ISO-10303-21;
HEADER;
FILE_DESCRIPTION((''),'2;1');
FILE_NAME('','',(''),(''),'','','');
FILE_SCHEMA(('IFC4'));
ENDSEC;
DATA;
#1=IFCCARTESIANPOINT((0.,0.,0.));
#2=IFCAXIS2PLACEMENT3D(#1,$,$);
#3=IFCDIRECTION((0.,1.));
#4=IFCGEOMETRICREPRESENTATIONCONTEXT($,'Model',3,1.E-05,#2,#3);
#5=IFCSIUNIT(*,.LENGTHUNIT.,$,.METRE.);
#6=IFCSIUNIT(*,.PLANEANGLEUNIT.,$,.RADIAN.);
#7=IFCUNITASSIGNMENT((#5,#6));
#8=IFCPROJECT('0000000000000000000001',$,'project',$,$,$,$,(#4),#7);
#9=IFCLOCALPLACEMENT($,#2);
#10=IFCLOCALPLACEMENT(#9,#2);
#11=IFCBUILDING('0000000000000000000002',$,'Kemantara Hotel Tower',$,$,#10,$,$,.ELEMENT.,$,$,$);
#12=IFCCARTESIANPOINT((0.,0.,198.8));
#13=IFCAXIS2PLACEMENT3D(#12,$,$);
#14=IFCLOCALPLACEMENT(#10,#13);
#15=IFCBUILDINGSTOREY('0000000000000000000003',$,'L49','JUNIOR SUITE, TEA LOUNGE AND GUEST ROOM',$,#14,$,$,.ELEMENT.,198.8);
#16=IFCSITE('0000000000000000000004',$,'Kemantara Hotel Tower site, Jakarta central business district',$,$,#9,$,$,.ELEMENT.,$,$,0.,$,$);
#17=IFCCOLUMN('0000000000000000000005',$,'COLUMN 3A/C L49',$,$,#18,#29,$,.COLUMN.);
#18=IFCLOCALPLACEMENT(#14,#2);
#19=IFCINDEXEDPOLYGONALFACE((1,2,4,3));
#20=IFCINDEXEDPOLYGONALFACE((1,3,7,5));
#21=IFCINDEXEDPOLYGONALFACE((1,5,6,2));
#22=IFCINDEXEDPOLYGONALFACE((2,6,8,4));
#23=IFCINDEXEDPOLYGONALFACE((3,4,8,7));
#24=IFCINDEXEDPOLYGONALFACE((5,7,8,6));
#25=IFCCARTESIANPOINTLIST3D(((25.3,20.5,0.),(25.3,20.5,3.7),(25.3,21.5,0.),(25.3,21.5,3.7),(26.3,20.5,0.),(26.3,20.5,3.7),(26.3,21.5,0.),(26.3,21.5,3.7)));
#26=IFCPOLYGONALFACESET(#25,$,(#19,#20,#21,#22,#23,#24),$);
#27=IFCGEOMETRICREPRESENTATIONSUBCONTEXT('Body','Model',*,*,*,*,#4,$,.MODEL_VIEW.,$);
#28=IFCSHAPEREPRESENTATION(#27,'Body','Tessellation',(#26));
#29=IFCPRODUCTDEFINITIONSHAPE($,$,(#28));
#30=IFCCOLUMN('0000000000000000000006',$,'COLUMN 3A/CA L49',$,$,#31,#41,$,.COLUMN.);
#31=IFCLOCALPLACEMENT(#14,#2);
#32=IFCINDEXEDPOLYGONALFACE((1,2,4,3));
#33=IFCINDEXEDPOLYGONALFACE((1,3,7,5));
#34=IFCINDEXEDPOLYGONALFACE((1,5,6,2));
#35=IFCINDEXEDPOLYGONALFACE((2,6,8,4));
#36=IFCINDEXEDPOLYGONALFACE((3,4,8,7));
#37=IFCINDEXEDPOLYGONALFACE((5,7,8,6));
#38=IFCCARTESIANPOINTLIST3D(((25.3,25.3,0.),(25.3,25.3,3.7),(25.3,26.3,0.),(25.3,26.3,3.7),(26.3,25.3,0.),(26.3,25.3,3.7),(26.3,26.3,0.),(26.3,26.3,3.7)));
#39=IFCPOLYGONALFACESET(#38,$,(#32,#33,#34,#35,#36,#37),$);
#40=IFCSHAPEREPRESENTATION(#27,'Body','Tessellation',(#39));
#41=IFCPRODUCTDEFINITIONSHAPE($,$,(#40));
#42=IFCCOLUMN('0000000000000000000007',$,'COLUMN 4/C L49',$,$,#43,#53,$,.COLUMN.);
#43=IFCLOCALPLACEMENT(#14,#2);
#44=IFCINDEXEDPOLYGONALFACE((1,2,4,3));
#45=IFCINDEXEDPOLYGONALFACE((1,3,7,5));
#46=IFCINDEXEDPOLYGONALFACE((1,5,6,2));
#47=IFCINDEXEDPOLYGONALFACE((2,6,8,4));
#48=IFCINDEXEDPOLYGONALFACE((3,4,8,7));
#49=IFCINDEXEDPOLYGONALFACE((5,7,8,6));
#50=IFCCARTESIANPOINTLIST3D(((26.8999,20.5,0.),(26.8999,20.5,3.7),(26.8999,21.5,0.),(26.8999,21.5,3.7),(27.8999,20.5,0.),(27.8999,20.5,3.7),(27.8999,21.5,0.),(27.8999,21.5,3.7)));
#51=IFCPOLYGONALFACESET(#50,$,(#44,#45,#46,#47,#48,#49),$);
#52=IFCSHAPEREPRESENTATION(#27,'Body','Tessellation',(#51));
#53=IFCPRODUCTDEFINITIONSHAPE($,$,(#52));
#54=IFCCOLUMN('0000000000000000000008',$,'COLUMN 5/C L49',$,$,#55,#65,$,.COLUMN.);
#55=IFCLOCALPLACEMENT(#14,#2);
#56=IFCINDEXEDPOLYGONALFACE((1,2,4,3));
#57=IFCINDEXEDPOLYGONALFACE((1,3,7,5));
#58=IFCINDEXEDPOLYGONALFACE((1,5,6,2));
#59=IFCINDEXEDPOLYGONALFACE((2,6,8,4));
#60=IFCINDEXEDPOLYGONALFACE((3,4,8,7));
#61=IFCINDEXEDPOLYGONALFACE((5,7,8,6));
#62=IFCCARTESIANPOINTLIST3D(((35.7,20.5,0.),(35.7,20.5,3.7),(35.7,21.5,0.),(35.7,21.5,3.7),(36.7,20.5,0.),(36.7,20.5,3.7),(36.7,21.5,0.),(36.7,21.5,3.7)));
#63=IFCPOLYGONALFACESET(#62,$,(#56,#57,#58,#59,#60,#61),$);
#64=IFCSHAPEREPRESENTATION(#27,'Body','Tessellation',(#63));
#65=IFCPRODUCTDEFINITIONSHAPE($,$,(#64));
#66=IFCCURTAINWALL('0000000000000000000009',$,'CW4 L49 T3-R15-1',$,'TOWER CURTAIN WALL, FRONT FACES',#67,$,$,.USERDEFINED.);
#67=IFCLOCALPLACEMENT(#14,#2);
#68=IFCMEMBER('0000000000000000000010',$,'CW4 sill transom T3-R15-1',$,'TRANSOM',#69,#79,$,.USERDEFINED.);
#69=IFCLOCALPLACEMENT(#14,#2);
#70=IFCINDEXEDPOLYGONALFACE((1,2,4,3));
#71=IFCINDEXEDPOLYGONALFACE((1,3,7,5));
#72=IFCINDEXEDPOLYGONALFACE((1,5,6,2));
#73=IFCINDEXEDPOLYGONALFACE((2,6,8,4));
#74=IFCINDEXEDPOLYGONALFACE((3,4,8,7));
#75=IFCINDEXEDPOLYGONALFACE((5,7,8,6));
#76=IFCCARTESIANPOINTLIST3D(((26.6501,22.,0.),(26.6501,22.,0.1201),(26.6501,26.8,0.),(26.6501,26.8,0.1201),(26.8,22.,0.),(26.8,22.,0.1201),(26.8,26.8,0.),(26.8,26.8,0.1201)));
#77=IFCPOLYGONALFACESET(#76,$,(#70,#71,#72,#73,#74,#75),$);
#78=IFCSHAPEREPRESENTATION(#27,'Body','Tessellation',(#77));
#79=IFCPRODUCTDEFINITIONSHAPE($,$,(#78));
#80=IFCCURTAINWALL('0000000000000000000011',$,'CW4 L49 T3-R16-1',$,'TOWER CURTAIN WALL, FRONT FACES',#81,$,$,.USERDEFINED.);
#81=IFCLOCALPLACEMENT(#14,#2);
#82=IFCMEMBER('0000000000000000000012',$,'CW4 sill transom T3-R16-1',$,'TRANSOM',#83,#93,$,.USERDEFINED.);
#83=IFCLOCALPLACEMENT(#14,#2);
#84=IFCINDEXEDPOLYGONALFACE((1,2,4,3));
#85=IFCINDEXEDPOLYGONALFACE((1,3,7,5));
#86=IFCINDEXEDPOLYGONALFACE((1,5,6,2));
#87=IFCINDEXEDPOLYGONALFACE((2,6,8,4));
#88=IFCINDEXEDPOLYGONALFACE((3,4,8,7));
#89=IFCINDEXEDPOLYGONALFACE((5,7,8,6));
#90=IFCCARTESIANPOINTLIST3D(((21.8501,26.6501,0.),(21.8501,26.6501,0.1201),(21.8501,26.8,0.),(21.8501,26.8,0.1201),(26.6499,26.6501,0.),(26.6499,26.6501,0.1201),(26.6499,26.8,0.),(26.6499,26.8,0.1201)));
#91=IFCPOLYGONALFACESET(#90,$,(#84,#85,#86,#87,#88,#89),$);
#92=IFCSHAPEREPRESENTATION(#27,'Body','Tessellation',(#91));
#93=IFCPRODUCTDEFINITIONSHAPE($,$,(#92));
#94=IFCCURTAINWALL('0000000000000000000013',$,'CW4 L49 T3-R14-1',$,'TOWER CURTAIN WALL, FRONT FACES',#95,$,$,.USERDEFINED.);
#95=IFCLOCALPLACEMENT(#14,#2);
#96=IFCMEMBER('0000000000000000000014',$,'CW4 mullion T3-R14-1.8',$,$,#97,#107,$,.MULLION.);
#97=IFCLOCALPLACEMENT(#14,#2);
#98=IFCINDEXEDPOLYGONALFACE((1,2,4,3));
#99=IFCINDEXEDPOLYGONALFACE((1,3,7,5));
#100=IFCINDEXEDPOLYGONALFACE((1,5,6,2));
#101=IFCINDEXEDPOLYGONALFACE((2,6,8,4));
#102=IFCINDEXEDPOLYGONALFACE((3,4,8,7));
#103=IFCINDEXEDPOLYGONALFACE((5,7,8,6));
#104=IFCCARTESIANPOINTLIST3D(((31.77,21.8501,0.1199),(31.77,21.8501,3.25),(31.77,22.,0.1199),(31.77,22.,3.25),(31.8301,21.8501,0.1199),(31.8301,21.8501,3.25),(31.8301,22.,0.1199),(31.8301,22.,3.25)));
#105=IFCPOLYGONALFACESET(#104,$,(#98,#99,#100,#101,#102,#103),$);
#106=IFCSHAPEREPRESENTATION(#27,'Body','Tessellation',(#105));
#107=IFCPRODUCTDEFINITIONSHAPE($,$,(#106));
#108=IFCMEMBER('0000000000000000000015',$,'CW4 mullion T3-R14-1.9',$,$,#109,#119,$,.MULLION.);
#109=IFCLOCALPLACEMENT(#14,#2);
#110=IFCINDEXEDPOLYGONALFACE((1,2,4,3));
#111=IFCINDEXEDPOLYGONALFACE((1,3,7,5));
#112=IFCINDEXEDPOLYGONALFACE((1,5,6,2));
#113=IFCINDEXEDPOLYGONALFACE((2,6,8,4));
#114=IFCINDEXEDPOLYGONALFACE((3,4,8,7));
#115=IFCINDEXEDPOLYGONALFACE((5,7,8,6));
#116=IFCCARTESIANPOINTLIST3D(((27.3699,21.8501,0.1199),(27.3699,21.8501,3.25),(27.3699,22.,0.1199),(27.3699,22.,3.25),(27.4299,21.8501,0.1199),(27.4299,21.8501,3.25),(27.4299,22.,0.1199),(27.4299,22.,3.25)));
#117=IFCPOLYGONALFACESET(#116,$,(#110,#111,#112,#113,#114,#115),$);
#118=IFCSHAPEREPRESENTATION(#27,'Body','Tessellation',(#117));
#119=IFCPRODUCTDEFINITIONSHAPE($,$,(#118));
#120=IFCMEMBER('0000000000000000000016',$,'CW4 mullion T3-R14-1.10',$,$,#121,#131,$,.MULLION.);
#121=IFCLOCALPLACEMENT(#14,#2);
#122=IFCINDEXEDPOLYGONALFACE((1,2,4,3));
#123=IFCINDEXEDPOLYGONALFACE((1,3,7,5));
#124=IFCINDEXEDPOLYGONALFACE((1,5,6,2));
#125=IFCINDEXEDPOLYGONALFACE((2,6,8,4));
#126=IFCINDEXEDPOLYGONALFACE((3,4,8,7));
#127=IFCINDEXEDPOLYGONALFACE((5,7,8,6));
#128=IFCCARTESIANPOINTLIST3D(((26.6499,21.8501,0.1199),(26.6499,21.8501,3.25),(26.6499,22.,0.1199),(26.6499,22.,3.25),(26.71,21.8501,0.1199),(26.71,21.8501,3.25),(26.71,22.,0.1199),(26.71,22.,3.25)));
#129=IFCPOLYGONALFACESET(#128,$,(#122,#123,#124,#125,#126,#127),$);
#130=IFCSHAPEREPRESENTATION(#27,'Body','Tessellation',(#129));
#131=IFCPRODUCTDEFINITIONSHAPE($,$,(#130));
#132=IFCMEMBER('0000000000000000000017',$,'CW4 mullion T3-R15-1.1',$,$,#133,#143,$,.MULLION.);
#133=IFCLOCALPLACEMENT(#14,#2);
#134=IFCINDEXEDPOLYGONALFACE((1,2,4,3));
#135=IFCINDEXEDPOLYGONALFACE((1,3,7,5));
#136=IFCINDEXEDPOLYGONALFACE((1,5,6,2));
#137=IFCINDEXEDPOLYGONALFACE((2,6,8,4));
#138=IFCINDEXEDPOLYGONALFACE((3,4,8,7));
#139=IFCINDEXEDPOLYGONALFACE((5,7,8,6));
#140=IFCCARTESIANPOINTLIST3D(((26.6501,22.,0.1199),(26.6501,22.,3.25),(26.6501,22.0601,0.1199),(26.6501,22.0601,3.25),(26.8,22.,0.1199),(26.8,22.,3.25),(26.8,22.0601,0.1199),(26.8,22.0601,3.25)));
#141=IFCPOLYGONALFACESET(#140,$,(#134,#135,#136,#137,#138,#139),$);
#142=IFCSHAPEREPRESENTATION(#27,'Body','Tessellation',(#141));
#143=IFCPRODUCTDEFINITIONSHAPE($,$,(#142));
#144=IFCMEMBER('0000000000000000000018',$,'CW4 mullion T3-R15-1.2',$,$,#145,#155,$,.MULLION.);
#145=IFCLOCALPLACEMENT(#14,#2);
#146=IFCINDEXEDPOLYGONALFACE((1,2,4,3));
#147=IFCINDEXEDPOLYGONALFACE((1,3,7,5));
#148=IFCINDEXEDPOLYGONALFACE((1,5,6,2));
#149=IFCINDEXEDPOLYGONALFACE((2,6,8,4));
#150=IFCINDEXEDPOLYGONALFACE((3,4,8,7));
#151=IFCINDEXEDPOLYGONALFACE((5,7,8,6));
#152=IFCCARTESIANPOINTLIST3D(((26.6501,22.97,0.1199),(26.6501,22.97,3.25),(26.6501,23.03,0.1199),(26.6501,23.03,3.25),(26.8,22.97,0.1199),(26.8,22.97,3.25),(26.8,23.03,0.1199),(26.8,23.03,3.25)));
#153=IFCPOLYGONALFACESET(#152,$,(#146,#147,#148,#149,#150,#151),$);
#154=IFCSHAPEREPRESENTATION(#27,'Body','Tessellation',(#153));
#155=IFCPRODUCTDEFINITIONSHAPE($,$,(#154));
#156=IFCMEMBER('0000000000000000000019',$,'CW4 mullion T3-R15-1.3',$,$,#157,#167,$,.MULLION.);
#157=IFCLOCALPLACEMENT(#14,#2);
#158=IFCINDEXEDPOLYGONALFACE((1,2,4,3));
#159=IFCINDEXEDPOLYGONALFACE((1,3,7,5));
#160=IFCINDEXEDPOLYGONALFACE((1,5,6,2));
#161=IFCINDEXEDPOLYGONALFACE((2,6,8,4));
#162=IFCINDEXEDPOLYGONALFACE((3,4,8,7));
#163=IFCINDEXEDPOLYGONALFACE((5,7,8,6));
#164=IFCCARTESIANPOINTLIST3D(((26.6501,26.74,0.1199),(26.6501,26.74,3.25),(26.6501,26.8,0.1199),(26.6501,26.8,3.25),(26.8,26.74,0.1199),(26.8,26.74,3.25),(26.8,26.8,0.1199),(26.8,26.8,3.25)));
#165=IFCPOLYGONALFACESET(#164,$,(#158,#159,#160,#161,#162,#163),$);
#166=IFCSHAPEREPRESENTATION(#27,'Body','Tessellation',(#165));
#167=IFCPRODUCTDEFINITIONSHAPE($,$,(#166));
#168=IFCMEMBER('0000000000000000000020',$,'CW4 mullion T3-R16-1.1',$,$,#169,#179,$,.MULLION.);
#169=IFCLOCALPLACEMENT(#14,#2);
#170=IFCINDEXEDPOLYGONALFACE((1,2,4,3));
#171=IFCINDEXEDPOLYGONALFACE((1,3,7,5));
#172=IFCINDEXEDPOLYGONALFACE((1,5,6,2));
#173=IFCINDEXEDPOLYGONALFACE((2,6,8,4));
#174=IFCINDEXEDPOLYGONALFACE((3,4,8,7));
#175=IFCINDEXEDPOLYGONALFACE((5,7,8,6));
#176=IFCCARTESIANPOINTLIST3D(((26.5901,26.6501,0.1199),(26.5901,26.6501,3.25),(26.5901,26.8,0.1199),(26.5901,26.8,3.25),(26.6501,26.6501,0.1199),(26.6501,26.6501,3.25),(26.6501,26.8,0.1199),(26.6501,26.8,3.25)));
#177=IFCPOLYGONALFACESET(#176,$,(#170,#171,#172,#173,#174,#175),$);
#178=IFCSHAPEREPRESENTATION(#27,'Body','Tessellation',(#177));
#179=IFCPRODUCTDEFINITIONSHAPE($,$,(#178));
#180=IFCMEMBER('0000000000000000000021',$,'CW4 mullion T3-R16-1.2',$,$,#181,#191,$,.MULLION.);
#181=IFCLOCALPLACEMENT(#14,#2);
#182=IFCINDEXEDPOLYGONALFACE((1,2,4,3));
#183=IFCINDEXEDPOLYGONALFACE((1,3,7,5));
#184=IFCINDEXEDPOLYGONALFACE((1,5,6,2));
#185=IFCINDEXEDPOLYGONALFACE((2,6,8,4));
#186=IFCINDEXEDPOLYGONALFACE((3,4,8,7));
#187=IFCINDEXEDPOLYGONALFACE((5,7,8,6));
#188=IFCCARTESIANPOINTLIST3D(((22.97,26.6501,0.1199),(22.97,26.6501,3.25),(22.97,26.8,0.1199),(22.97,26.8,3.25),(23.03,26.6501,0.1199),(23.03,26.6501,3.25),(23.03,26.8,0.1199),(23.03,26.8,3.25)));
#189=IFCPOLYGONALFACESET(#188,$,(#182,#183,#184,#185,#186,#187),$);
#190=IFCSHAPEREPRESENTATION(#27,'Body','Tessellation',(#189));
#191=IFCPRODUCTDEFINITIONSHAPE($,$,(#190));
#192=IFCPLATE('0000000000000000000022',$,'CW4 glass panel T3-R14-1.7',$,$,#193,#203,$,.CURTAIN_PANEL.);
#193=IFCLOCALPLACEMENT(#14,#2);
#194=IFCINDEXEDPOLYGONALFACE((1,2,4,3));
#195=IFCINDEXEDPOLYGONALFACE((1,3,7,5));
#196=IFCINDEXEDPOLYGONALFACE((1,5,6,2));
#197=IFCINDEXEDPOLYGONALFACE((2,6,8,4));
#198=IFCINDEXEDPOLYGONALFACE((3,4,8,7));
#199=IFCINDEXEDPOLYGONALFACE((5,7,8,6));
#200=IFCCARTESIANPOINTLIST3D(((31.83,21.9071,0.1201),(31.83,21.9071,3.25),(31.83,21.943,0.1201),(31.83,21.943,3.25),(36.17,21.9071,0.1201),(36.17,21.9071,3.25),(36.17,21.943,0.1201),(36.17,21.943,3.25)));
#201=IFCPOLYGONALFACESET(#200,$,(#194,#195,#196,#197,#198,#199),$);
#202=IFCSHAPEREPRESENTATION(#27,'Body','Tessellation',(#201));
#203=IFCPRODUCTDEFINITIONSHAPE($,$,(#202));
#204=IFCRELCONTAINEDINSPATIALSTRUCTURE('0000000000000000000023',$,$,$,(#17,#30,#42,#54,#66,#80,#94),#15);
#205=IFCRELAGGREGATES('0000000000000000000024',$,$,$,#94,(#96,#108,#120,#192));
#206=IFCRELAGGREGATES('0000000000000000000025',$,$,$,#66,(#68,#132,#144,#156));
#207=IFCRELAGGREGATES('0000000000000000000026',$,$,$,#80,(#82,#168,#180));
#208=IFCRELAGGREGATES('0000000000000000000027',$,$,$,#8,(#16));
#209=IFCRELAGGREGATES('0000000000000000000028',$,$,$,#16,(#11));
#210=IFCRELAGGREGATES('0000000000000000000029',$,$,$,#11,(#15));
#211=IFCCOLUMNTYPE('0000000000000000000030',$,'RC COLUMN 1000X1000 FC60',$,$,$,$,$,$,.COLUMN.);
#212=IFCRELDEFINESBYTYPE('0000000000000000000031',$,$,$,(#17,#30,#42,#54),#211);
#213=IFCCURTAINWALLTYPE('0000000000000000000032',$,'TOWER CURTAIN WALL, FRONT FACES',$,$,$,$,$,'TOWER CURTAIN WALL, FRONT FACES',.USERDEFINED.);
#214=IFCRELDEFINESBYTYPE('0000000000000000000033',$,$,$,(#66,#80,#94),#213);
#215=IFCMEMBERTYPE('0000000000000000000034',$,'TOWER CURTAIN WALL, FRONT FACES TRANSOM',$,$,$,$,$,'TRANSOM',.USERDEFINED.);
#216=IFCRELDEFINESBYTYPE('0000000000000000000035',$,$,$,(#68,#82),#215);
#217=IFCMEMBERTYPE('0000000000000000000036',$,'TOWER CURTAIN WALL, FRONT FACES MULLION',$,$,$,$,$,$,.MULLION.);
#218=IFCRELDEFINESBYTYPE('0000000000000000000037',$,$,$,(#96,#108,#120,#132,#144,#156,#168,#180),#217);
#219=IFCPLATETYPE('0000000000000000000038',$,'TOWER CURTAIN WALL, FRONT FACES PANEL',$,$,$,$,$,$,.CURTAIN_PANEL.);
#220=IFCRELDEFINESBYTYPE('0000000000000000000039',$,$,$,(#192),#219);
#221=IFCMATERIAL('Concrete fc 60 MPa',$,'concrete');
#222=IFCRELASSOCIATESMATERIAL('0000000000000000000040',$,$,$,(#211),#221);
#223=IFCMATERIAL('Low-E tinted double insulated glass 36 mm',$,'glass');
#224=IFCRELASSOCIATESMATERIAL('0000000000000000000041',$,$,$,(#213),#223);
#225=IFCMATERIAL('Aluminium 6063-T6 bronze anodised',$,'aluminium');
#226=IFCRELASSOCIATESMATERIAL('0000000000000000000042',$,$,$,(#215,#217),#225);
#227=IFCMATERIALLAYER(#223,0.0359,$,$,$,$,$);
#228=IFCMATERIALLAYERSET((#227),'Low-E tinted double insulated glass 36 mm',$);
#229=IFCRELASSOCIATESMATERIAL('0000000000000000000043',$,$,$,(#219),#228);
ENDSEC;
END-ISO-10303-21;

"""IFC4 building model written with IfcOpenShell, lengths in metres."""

from ifc_helpers import new_model, si_unit, direction, frame, origin, origin_2d, place, context, subcontext, project, spatial, rectangle, extrude, source, transform, mapped, material, layer, layer_set, material_profile, profile_set, type_object, element, aggregate, save


model = new_model("IFC4")

# Units and contexts
model_context = context("Model", 3, precision=1e-05, world=origin(), true_north=direction((0.0, 1.0)))
body_context = subcontext(model_context, "Body", "Model", "MODEL_VIEW")
ifc_project = project(units=[si_unit("LENGTHUNIT", "METRE"), si_unit("PLANEANGLEUNIT", "RADIAN")], contexts=[model_context])

# Site, building, storey
site_placement = place(None, origin())
site = spatial("IfcSite", under=ifc_project, at=site_placement, Name="Kemantara Hotel Tower site, Jakarta central business district", CompositionType="ELEMENT", RefElevation=0.0)
building_placement = place(site_placement, origin())
building = spatial("IfcBuilding", under=site, at=building_placement, Name="Kemantara Hotel Tower", CompositionType="ELEMENT")
storey_placement = place(building_placement, frame((0.0, 0.0, 198.8)))
storey = spatial("IfcBuildingStorey", under=building, at=storey_placement, Name="L49", Description="JUNIOR SUITE, TEA LOUNGE AND GUEST ROOM", CompositionType="ELEMENT", Elevation=198.8)

# Columns
ifc_material_1 = material(Name="Concrete fc 60 MPa", Category="concrete")
ifc_material_profile_1 = material_profile(ifc_material_1, rectangle(XDim=1.0, YDim=1.0, at=origin_2d()), Name="RC 1000X1000")
ifc_profile_set_1 = profile_set([ifc_material_profile_1], Name="Concrete fc 60 MPa")
column_type = type_object("IfcColumnType", Name="RC COLUMN 1000X1000 FC60", PredefinedType="COLUMN", material=ifc_profile_set_1)
for number, where, z_axis, x_axis, name in (
    (1, (25.8, 21.0, 0.0), (0.0, 0.0, 1.0), (1.0, 0.0, 0.0), "COLUMN 3A/C L49"),
    (2, (25.8, 25.8, 0.0), (0.0, 0.0, 1.0), (1.0, 0.0, 0.0), "COLUMN 3A/CA L49"),
    (3, (27.3999, 21.0, 0.0), (0.0, 0.0, 1.0), (1.0, 0.0, 0.0), "COLUMN 4/C L49"),
    (4, (36.2, 21.0, 0.0), (0.0, 0.0, 1.0), (1.0, 0.0, 0.0), "COLUMN 5/C L49"),
):
    element("IfcColumn", number, at=place(storey_placement, frame(where, z_axis=z_axis, x_axis=x_axis)), inside=storey, type_object=column_type, Name=name, PredefinedType="COLUMN", context=body_context, shape_type="SweptSolid", body=[
        extrude(rectangle(XDim=1.0, YDim=1.0, at=origin_2d()), origin(), (0.0, 0.0, 1.0), 3.7),
    ])

# Curtain walls, members
ifc_material_2 = material(Name="Low-E tinted double insulated glass 36 mm", Category="glass")
curtain_wall_type = type_object("IfcCurtainWallType", Name="TOWER CURTAIN WALL, FRONT FACES", ElementType="TOWER CURTAIN WALL, FRONT FACES", PredefinedType="USERDEFINED", material=ifc_material_2)
curtain_wall_1_placement = place(storey_placement, origin())
curtain_wall_1 = element("IfcCurtainWall", 5, at=curtain_wall_1_placement, inside=storey, type_object=curtain_wall_type, Name="CW4 L49 T3-R15-1", ObjectType="TOWER CURTAIN WALL, FRONT FACES", PredefinedType="USERDEFINED")
ifc_material_3 = material(Name="Aluminium 6063-T6 bronze anodised", Category="aluminium")
ifc_material_profile_2 = material_profile(ifc_material_3, rectangle(XDim=0.1499, YDim=0.1201, at=origin_2d()), Name="TOWER CURTAIN WALL, FRONT FACES TRANSOM")
ifc_profile_set_2 = profile_set([ifc_material_profile_2], Name="Aluminium 6063-T6 bronze anodised")
member_type_1 = type_object("IfcMemberType", Name="TOWER CURTAIN WALL, FRONT FACES TRANSOM", ElementType="TRANSOM", PredefinedType="USERDEFINED", material=ifc_profile_set_2)
member_1_placement = place(storey_placement, frame((26.7251, 22.0, 0.0601), z_axis=(0.0, 1.0, 0.0), x_axis=(-1.0, 0.0, 0.0)))
member_1 = element("IfcMember", 6, at=member_1_placement, type_object=member_type_1, Name="CW4 sill transom T3-R15-1", ObjectType="TRANSOM", PredefinedType="USERDEFINED", context=body_context, shape_type="SweptSolid", body=[
    extrude(rectangle(XDim=0.1499, YDim=0.1201, at=origin_2d()), origin(), (0.0, 0.0, 1.0), 4.8),
])
curtain_wall_2_placement = place(storey_placement, origin())
curtain_wall_2 = element("IfcCurtainWall", 7, at=curtain_wall_2_placement, inside=storey, type_object=curtain_wall_type, Name="CW4 L49 T3-R16-1", ObjectType="TOWER CURTAIN WALL, FRONT FACES", PredefinedType="USERDEFINED")
member_2_placement = place(storey_placement, frame((26.6499, 26.7251, 0.0601), z_axis=(-1.0, 0.0, 0.0), x_axis=(0.0, -1.0, 0.0)))
member_2 = element("IfcMember", 8, at=member_2_placement, type_object=member_type_1, Name="CW4 sill transom T3-R16-1", ObjectType="TRANSOM", PredefinedType="USERDEFINED", context=body_context, shape_type="SweptSolid", body=[
    extrude(rectangle(XDim=0.1499, YDim=0.1201, at=origin_2d()), origin(), (0.0, 0.0, 1.0), 4.7998),
])

# Curtain wall, members
curtain_wall_3_placement = place(storey_placement, origin())
curtain_wall_3 = element("IfcCurtainWall", 9, at=curtain_wall_3_placement, inside=storey, type_object=curtain_wall_type, Name="CW4 L49 T3-R14-1", ObjectType="TOWER CURTAIN WALL, FRONT FACES", PredefinedType="USERDEFINED")
ifc_material_profile_3 = material_profile(ifc_material_3, rectangle(XDim=0.1499, YDim=0.0601, at=origin_2d()), Name="TOWER CURTAIN WALL, FRONT FACES MULLION")
ifc_profile_set_3 = profile_set([ifc_material_profile_3], Name="Aluminium 6063-T6 bronze anodised")
member_type_2 = type_object("IfcMemberType", Name="TOWER CURTAIN WALL, FRONT FACES MULLION", PredefinedType="MULLION", material=ifc_profile_set_3)
shared_shape_1 = source(origin(), body_context, "Body", "SweptSolid", [
    extrude(rectangle(XDim=0.1499, YDim=0.0601, at=origin_2d()), origin(), (0.0, 0.0, 1.0), 3.1301),
])
member_3_placement = place(storey_placement, frame((31.8, 21.925, 0.1199), z_axis=(0.0, 0.0, 1.0), x_axis=(0.0, -1.0, 0.0)))
member_3 = element("IfcMember", 10, at=member_3_placement, type_object=member_type_2, Name="CW4 mullion T3-R14-1.8", PredefinedType="MULLION", context=body_context, shape_type="MappedRepresentation", body=[
    mapped(shared_shape_1, transform((0.0, 0.0, 0.0))),
])
member_4_placement = place(storey_placement, frame((27.3999, 21.925, 0.1199), z_axis=(0.0, 0.0, 1.0), x_axis=(0.0, -1.0, 0.0)))
member_4 = element("IfcMember", 11, at=member_4_placement, type_object=member_type_2, Name="CW4 mullion T3-R14-1.9", PredefinedType="MULLION", context=body_context, shape_type="MappedRepresentation", body=[
    mapped(shared_shape_1, transform((0.0, 0.0, 0.0))),
])
member_5_placement = place(storey_placement, frame((26.6799, 21.925, 0.1199), z_axis=(0.0, 0.0, 1.0), x_axis=(0.0, -1.0, 0.0)))
member_5 = element("IfcMember", 12, at=member_5_placement, type_object=member_type_2, Name="CW4 mullion T3-R14-1.10", PredefinedType="MULLION", context=body_context, shape_type="MappedRepresentation", body=[
    mapped(shared_shape_1, transform((0.0, 0.0, 0.0))),
])

# Members
member_6_placement = place(storey_placement, frame((26.7251, 22.03, 0.1199), z_axis=(0.0, 0.0, 1.0), x_axis=(-1.0, 0.0, 0.0)))
member_6 = element("IfcMember", 13, at=member_6_placement, type_object=member_type_2, Name="CW4 mullion T3-R15-1.1", PredefinedType="MULLION", context=body_context, shape_type="MappedRepresentation", body=[
    mapped(shared_shape_1, transform((0.0, 0.0, 0.0))),
])
member_7_placement = place(storey_placement, frame((26.7251, 23.0, 0.1199), z_axis=(0.0, 0.0, 1.0), x_axis=(-1.0, 0.0, 0.0)))
member_7 = element("IfcMember", 14, at=member_7_placement, type_object=member_type_2, Name="CW4 mullion T3-R15-1.2", PredefinedType="MULLION", context=body_context, shape_type="MappedRepresentation", body=[
    mapped(shared_shape_1, transform((0.0, 0.0, 0.0))),
])
member_8_placement = place(storey_placement, frame((26.7251, 26.77, 0.1199), z_axis=(0.0, 0.0, 1.0), x_axis=(-1.0, 0.0, 0.0)))
member_8 = element("IfcMember", 15, at=member_8_placement, type_object=member_type_2, Name="CW4 mullion T3-R15-1.3", PredefinedType="MULLION", context=body_context, shape_type="MappedRepresentation", body=[
    mapped(shared_shape_1, transform((0.0, 0.0, 0.0))),
])
member_9_placement = place(storey_placement, frame((26.6201, 26.7251, 0.1199), z_axis=(0.0, 0.0, 1.0), x_axis=(0.0, -1.0, 0.0)))
member_9 = element("IfcMember", 16, at=member_9_placement, type_object=member_type_2, Name="CW4 mullion T3-R16-1.1", PredefinedType="MULLION", context=body_context, shape_type="MappedRepresentation", body=[
    mapped(shared_shape_1, transform((0.0, 0.0, 0.0))),
])
member_10_placement = place(storey_placement, frame((23.0, 26.7251, 0.1199), z_axis=(0.0, 0.0, 1.0), x_axis=(0.0, -1.0, 0.0)))
member_10 = element("IfcMember", 17, at=member_10_placement, type_object=member_type_2, Name="CW4 mullion T3-R16-1.2", PredefinedType="MULLION", context=body_context, shape_type="MappedRepresentation", body=[
    mapped(shared_shape_1, transform((0.0, 0.0, 0.0))),
])

# Plate
ifc_layer_1 = layer(ifc_material_2, 0.0359)
ifc_layer_set_1 = layer_set([ifc_layer_1], Name="Low-E tinted double insulated glass 36 mm")
plate_type = type_object("IfcPlateType", Name="TOWER CURTAIN WALL, FRONT FACES PANEL", PredefinedType="CURTAIN_PANEL", material=ifc_layer_set_1)
shared_shape_2 = source(origin(), body_context, "Body", "SweptSolid", [
    extrude(rectangle(XDim=4.3401, YDim=0.0359, at=origin_2d()), origin(), (0.0, 0.0, 1.0), 3.1299),
])
plate_1_placement = place(storey_placement, frame((34.0, 21.925, 0.1201), z_axis=(0.0, 0.0, 1.0), x_axis=(-1.0, 0.0, 0.0)))
plate_1 = element("IfcPlate", 18, at=plate_1_placement, type_object=plate_type, Name="CW4 glass panel T3-R14-1.7", PredefinedType="CURTAIN_PANEL", context=body_context, shape_type="MappedRepresentation", body=[
    mapped(shared_shape_2, transform((0.0, 0.0, 0.0))),
])

aggregate(curtain_wall_3, [member_3, member_4, member_5, plate_1])
aggregate(curtain_wall_1, [member_1, member_6, member_7, member_8])
aggregate(curtain_wall_2, [member_2, member_9, member_10])

save(model, "model.ifc")
